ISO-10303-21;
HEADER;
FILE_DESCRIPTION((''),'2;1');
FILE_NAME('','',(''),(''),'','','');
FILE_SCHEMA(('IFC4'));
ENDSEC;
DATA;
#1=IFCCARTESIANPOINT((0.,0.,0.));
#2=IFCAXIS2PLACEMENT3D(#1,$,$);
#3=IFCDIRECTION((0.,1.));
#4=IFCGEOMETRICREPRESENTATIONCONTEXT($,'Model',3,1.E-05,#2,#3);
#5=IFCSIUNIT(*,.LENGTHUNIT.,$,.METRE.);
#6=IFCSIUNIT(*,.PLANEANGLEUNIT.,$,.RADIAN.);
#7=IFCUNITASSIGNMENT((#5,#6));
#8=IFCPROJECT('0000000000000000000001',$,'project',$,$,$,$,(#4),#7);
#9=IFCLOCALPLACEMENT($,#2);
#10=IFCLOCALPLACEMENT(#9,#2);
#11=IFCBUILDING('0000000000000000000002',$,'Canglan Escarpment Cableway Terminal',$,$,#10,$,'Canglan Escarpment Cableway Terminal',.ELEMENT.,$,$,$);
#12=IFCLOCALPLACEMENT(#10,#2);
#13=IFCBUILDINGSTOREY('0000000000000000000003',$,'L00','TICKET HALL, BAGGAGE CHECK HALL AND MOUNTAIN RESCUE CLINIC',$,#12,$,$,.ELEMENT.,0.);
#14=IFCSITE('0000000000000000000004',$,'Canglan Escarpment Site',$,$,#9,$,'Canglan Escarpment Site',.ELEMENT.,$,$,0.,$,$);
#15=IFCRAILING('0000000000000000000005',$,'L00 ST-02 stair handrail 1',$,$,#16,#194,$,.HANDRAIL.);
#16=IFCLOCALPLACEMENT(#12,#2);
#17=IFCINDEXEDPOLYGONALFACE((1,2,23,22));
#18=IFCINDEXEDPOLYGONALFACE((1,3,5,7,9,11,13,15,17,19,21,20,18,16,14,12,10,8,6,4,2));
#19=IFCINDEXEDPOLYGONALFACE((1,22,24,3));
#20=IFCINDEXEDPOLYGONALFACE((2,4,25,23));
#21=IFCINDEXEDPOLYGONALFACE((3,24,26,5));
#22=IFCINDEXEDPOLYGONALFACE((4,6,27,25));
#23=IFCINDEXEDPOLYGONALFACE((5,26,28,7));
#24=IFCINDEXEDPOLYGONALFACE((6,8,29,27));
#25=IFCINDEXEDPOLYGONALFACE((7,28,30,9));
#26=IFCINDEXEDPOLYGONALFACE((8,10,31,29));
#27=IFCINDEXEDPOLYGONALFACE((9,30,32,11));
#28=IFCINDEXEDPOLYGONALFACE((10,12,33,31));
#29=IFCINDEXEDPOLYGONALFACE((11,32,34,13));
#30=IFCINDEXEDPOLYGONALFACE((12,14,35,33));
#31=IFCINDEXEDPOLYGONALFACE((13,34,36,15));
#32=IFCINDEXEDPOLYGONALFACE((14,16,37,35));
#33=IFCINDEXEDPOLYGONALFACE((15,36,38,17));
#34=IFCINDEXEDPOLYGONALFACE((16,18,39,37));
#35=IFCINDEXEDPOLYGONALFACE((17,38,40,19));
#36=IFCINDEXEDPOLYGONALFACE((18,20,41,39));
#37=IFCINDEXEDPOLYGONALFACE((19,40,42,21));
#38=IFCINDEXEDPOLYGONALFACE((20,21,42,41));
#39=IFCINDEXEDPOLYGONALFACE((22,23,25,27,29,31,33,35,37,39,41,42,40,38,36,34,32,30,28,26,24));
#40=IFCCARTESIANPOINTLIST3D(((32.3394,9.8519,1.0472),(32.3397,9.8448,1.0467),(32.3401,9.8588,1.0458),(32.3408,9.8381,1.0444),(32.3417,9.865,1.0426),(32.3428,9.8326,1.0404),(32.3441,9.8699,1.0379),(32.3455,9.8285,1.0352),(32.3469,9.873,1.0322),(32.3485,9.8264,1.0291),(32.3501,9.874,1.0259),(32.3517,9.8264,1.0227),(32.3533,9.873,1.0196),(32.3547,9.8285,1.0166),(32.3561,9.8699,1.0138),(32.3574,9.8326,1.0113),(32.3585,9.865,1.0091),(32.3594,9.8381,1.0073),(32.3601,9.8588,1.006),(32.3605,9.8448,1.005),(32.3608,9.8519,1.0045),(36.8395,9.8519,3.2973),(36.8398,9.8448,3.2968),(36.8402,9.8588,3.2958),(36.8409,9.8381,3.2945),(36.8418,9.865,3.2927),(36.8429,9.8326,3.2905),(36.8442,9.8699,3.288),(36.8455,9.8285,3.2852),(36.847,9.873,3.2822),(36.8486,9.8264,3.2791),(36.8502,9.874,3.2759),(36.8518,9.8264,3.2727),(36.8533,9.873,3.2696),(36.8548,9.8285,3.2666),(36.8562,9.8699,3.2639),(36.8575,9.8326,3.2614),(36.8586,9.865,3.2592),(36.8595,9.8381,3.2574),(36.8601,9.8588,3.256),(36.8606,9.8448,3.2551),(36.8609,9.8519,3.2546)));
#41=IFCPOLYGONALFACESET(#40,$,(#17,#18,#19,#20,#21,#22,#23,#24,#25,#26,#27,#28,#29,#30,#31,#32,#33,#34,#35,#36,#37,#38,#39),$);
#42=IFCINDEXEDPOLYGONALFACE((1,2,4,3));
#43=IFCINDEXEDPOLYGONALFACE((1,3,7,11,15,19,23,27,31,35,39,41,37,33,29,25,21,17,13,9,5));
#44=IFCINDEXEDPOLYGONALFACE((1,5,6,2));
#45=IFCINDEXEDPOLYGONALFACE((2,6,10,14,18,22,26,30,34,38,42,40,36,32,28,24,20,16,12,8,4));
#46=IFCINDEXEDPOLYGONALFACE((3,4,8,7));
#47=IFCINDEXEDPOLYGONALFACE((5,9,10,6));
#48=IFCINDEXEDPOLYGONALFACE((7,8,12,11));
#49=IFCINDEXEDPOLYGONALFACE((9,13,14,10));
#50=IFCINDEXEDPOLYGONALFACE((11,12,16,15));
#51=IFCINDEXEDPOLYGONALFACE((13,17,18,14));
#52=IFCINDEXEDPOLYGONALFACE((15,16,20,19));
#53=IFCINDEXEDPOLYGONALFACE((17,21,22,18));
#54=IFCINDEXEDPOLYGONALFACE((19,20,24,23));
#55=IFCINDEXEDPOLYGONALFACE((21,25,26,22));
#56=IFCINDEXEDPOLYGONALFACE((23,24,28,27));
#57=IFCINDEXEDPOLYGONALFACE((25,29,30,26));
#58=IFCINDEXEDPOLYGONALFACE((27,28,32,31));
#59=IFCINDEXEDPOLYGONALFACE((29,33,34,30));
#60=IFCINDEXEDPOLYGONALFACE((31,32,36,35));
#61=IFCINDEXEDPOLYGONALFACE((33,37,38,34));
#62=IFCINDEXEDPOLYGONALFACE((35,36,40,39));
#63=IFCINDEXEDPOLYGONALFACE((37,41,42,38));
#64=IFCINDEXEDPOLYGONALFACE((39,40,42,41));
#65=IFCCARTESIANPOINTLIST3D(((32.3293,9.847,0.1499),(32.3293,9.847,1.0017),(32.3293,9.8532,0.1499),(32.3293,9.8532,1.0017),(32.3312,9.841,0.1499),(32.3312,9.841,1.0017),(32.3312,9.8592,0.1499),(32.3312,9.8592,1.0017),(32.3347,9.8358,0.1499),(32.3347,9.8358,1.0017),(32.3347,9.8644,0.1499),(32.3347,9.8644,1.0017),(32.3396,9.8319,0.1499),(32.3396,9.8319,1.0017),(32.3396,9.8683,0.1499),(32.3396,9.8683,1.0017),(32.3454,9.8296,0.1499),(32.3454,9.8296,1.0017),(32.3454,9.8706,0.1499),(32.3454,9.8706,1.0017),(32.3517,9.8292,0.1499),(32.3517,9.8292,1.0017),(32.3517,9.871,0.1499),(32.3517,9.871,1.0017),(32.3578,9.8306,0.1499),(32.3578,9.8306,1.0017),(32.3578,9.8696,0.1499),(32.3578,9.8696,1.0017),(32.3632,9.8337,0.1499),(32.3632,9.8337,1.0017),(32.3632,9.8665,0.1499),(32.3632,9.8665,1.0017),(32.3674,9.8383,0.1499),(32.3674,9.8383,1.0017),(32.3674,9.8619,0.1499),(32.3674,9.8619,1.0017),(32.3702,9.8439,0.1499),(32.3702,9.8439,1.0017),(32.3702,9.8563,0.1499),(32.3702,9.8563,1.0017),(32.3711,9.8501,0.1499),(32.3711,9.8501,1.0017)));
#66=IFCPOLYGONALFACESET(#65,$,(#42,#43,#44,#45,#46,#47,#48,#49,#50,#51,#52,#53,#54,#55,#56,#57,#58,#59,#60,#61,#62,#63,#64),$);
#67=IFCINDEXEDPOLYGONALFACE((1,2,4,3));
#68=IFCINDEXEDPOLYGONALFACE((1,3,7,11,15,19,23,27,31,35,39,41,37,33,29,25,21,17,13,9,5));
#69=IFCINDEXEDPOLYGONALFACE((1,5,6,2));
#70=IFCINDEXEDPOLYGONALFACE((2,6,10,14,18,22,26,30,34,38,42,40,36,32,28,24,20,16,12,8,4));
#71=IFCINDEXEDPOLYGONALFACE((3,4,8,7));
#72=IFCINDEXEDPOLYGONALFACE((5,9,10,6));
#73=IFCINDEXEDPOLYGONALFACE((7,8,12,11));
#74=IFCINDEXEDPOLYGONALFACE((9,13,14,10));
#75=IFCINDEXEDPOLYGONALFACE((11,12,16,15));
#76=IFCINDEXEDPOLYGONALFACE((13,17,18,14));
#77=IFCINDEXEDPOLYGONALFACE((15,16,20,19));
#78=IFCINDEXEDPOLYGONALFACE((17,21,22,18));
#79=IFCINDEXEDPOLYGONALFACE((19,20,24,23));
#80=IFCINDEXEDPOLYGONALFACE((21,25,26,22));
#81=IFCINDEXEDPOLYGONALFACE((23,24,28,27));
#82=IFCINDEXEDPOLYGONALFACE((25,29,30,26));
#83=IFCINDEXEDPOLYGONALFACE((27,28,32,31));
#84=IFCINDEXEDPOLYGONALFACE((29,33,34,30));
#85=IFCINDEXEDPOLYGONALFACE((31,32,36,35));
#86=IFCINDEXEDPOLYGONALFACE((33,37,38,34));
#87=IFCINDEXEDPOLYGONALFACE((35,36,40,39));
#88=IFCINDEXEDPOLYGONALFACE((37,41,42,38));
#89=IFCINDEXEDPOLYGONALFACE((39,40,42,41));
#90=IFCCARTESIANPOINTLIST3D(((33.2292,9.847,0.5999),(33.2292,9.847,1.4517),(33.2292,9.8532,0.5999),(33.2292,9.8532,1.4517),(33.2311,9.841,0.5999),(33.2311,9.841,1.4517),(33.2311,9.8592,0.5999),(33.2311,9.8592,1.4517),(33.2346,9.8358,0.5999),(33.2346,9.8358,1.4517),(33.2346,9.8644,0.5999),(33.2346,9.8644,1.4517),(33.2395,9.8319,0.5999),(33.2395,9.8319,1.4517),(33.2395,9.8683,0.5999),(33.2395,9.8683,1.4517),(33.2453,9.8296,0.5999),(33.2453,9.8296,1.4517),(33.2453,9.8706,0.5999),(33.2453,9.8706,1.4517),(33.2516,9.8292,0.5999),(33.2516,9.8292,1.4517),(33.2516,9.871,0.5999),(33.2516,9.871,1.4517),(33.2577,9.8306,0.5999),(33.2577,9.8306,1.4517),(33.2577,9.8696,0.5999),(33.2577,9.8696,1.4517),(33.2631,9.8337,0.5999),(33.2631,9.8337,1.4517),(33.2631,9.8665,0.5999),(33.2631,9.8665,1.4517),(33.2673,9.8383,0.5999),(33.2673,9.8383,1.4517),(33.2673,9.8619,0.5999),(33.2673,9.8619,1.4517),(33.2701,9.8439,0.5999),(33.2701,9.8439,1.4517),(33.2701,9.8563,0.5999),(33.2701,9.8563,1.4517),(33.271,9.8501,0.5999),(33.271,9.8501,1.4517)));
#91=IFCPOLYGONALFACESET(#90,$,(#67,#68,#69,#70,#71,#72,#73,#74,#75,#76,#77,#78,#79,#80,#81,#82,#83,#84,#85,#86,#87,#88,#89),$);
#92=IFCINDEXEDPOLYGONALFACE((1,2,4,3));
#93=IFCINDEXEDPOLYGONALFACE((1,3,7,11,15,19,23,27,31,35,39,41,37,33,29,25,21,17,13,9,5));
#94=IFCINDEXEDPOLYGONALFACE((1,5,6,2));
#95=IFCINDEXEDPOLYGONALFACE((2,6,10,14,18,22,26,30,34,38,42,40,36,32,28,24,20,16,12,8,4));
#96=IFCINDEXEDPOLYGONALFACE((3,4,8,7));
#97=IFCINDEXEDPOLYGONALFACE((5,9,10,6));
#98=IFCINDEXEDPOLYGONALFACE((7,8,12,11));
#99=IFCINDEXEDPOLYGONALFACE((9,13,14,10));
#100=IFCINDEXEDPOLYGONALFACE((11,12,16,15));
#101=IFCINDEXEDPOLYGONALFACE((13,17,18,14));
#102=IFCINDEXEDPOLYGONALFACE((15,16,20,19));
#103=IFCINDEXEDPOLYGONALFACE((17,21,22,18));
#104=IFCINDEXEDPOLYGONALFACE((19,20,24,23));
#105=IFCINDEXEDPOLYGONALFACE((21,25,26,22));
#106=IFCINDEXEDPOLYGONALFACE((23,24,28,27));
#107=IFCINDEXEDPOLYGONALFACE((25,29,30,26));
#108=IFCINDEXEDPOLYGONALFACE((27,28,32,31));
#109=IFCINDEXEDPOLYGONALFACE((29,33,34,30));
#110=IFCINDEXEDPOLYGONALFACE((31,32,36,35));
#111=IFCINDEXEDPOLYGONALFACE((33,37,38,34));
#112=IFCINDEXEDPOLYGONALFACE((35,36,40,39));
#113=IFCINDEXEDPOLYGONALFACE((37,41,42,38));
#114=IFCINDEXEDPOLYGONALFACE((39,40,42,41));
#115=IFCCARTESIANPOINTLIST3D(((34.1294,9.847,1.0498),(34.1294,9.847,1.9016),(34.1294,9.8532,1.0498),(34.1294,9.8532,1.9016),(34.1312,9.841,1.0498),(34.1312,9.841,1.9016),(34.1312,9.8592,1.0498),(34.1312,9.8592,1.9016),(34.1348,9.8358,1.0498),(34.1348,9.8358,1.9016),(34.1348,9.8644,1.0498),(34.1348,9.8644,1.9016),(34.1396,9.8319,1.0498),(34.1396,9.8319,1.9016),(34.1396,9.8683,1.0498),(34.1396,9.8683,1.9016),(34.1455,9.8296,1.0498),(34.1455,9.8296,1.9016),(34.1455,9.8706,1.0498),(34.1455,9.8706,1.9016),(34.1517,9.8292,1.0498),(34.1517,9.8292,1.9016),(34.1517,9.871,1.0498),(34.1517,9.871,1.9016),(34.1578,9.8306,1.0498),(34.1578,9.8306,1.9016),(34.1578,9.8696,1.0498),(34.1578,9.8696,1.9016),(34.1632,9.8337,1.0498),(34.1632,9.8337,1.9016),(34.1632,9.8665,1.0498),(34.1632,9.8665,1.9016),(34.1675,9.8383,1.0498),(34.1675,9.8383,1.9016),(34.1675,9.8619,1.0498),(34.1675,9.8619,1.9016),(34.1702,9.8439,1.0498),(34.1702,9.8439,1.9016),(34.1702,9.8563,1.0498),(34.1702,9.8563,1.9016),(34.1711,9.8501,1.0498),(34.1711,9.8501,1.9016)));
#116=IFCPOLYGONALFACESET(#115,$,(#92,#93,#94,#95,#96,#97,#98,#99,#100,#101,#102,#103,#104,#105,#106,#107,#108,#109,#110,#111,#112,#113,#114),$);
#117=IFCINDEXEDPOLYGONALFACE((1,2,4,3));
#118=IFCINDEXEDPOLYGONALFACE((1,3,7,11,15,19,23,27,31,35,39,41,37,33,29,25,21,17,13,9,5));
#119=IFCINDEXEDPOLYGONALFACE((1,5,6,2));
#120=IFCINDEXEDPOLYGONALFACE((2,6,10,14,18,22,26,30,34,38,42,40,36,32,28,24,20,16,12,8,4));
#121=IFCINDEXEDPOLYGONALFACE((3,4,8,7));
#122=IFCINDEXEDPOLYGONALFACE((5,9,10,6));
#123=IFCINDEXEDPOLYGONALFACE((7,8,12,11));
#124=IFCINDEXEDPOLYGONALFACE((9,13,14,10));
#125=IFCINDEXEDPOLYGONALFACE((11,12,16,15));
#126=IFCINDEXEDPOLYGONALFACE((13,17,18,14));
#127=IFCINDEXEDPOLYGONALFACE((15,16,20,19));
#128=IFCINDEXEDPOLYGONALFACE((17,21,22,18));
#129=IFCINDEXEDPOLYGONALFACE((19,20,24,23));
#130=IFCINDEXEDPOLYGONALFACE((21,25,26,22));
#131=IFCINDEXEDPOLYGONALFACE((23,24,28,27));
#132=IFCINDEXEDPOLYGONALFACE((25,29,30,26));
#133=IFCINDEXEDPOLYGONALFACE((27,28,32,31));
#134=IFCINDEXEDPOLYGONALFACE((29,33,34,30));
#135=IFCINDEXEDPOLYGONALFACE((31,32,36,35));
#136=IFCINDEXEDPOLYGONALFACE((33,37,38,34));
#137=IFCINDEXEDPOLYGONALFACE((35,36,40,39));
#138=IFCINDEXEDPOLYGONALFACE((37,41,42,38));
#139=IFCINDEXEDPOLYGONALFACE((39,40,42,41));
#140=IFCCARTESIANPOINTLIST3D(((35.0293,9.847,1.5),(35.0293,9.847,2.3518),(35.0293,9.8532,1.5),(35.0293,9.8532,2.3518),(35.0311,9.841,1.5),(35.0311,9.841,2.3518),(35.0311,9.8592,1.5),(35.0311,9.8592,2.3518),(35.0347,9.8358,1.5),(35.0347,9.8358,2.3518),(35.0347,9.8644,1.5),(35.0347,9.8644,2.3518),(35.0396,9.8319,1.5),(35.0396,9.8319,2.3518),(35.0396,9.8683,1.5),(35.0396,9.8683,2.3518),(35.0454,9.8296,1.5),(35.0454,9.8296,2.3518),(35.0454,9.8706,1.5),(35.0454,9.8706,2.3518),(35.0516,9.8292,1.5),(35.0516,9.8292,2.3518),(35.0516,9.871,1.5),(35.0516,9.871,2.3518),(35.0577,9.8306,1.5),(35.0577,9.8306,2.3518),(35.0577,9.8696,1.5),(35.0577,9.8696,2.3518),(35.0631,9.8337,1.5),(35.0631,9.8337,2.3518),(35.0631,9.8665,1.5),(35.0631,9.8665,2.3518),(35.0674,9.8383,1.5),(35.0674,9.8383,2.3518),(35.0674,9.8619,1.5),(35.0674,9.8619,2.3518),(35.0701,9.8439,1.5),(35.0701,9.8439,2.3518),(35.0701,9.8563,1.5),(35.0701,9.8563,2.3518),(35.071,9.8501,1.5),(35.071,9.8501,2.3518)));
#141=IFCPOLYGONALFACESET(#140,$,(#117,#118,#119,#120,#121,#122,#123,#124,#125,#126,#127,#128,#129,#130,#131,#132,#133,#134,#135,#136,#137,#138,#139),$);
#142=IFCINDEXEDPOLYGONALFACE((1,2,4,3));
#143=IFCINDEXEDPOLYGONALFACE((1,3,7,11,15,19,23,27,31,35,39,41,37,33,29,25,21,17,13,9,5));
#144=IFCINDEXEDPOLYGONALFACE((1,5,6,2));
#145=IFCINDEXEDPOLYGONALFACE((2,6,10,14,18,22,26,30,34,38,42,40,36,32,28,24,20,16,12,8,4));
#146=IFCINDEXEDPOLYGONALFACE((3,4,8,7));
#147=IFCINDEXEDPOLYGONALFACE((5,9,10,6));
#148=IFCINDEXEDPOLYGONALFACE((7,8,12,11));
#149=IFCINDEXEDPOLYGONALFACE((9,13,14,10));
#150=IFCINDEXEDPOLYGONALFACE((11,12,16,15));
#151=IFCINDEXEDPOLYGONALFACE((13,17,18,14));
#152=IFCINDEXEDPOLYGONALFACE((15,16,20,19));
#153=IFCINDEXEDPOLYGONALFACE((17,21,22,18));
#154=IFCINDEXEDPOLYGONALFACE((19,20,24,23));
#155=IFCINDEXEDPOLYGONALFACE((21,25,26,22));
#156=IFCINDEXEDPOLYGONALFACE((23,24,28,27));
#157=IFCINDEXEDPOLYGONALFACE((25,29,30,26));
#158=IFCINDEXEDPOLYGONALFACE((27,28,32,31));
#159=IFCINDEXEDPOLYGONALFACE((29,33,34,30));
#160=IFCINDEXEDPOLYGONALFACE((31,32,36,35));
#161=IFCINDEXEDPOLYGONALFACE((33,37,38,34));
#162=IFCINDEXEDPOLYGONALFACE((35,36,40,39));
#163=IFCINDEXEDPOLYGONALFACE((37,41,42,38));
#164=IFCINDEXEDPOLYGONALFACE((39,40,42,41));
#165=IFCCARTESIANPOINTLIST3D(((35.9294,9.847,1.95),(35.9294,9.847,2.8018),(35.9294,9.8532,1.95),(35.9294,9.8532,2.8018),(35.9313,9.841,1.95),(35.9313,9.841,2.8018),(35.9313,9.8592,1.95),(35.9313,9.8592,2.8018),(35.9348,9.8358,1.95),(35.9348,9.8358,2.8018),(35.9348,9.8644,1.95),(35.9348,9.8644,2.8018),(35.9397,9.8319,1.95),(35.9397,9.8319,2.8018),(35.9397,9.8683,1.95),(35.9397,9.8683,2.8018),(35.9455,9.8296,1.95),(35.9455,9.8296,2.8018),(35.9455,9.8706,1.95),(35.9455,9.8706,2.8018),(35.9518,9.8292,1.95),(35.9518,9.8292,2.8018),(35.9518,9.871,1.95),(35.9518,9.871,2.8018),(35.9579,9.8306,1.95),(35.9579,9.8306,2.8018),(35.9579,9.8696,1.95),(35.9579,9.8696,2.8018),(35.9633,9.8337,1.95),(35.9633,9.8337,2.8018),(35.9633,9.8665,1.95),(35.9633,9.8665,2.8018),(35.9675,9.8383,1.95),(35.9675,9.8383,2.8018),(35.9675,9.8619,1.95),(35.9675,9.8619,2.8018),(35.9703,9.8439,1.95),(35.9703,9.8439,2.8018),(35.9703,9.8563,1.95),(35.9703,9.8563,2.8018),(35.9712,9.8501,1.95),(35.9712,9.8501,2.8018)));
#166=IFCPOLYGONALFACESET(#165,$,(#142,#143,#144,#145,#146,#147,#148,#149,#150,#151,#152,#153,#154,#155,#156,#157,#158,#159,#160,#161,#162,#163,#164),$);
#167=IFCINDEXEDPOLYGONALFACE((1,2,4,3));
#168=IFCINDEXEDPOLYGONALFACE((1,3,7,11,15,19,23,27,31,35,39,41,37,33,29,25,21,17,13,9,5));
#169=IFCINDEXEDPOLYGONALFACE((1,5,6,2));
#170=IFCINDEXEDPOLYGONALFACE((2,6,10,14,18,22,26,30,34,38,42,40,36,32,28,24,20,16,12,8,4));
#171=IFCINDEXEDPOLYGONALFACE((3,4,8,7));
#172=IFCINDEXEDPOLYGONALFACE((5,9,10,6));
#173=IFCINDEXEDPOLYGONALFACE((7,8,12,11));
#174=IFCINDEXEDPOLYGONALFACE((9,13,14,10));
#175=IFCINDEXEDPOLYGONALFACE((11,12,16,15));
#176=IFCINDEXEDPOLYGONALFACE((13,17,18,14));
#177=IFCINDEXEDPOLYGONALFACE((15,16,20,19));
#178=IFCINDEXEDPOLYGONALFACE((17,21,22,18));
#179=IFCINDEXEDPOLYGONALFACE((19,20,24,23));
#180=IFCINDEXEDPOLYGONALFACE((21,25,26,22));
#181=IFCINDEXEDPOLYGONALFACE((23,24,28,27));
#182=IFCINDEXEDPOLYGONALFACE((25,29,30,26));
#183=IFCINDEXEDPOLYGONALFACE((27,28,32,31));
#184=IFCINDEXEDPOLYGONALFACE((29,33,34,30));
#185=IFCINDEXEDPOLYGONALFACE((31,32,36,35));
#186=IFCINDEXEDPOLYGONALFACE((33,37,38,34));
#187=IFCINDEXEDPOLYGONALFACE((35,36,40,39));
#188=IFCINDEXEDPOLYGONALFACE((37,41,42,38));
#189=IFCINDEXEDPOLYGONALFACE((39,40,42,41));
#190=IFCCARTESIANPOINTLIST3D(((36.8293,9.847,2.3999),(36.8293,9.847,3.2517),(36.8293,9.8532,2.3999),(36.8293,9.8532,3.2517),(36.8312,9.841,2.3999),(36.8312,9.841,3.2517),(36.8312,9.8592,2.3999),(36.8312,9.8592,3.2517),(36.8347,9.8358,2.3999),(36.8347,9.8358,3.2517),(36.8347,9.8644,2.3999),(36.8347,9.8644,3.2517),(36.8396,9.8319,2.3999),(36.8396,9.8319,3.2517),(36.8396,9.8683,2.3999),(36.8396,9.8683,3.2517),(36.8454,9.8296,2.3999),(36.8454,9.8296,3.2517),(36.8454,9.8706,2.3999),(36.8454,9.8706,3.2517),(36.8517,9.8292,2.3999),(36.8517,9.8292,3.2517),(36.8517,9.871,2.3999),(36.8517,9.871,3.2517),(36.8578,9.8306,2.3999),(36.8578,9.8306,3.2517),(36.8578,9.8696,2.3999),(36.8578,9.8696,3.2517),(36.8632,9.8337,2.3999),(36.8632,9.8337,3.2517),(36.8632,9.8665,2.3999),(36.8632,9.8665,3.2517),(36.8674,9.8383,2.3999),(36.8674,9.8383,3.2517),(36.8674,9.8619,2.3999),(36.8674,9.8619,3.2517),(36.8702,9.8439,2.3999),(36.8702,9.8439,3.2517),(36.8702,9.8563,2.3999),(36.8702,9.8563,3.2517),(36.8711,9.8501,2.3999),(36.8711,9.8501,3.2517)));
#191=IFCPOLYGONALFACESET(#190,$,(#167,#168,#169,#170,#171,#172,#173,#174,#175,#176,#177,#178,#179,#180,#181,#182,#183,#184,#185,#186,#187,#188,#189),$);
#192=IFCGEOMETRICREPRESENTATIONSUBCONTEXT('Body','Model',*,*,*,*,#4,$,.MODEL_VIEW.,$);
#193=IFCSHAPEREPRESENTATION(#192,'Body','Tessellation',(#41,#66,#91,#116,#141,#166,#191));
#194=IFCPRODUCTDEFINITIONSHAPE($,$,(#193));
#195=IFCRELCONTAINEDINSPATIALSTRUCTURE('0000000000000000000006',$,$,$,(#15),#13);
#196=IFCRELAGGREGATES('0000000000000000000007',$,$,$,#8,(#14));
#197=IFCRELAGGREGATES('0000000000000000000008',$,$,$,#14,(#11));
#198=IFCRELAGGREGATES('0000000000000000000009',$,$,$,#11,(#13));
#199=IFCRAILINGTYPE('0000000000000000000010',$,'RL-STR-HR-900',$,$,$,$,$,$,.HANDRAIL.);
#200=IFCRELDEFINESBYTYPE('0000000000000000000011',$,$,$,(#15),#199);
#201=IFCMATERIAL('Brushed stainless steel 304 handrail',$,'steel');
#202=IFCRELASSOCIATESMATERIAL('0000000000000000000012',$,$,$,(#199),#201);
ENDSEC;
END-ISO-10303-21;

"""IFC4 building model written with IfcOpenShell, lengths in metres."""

from ifc_helpers import new_model, si_unit, direction, frame, origin, origin_2d, place, context, subcontext, project, spatial, circle, extrude, material, type_object, element, save


model = new_model("IFC4")

# Units and contexts
model_context = context("Model", 3, precision=1e-05, world=origin(), true_north=direction((0.0, 1.0)))
body_context = subcontext(model_context, "Body", "Model", "MODEL_VIEW")
ifc_project = project(units=[si_unit("LENGTHUNIT", "METRE"), si_unit("PLANEANGLEUNIT", "RADIAN")], contexts=[model_context])

# Site, building, storey
site_placement = place(None, origin())
site = spatial("IfcSite", under=ifc_project, at=site_placement, Name="Canglan Escarpment Site", LongName="Canglan Escarpment Site", CompositionType="ELEMENT", RefElevation=0.0)
building_placement = place(site_placement, origin())
building = spatial("IfcBuilding", under=site, at=building_placement, Name="Canglan Escarpment Cableway Terminal", LongName="Canglan Escarpment Cableway Terminal", CompositionType="ELEMENT")
storey_placement = place(building_placement, origin())
storey = spatial("IfcBuildingStorey", under=building, at=storey_placement, Name="L00", Description="TICKET HALL, BAGGAGE CHECK HALL AND MOUNTAIN RESCUE CLINIC", CompositionType="ELEMENT", Elevation=0.0)

# Railing
ifc_material_1 = material(Name="Brushed stainless steel 304 handrail", Category="steel")
railing_type_1 = type_object("IfcRailingType", Name="RL-STR-HR-900", PredefinedType="HANDRAIL", material=ifc_material_1)
railing_1_placement = place(storey_placement, frame((32.3501, 9.8501, 0.1499)))
element("IfcRailing", 1, at=railing_1_placement, inside=storey, type_object=railing_type_1, Name="L00 ST-02 stair handrail 1", PredefinedType="HANDRAIL", context=body_context, shape_type="SweptSolid", body=[
    extrude(circle(Radius=0.0239, at=origin_2d()), frame((0.0, 0.0, 0.876), z_axis=(0.894427, 0.0, 0.447214), x_axis=(0.0, 1.0, 0.0)), (0.0, 0.0, 1.0), 5.0312),
    extrude(circle(Radius=0.021, at=origin_2d()), origin(), (0.0, 0.0, 1.0), 0.8518),
    extrude(circle(Radius=0.021, at=origin_2d()), frame((0.8999, 0.0, 0.45)), (0.0, 0.0, 1.0), 0.8518),
    extrude(circle(Radius=0.021, at=origin_2d()), frame((1.8, 0.0, 0.8999)), (0.0, 0.0, 1.0), 0.8518),
    extrude(circle(Radius=0.021, at=origin_2d()), frame((2.7, 0.0, 1.3501)), (0.0, 0.0, 1.0), 0.8518),
    extrude(circle(Radius=0.021, at=origin_2d()), frame((3.6001, 0.0, 1.8)), (0.0, 0.0, 1.0), 0.8518),
    extrude(circle(Radius=0.021, at=origin_2d()), frame((4.5, 0.0, 2.25)), (0.0, 0.0, 1.0), 0.8518),
])

save(model, "model.ifc")
